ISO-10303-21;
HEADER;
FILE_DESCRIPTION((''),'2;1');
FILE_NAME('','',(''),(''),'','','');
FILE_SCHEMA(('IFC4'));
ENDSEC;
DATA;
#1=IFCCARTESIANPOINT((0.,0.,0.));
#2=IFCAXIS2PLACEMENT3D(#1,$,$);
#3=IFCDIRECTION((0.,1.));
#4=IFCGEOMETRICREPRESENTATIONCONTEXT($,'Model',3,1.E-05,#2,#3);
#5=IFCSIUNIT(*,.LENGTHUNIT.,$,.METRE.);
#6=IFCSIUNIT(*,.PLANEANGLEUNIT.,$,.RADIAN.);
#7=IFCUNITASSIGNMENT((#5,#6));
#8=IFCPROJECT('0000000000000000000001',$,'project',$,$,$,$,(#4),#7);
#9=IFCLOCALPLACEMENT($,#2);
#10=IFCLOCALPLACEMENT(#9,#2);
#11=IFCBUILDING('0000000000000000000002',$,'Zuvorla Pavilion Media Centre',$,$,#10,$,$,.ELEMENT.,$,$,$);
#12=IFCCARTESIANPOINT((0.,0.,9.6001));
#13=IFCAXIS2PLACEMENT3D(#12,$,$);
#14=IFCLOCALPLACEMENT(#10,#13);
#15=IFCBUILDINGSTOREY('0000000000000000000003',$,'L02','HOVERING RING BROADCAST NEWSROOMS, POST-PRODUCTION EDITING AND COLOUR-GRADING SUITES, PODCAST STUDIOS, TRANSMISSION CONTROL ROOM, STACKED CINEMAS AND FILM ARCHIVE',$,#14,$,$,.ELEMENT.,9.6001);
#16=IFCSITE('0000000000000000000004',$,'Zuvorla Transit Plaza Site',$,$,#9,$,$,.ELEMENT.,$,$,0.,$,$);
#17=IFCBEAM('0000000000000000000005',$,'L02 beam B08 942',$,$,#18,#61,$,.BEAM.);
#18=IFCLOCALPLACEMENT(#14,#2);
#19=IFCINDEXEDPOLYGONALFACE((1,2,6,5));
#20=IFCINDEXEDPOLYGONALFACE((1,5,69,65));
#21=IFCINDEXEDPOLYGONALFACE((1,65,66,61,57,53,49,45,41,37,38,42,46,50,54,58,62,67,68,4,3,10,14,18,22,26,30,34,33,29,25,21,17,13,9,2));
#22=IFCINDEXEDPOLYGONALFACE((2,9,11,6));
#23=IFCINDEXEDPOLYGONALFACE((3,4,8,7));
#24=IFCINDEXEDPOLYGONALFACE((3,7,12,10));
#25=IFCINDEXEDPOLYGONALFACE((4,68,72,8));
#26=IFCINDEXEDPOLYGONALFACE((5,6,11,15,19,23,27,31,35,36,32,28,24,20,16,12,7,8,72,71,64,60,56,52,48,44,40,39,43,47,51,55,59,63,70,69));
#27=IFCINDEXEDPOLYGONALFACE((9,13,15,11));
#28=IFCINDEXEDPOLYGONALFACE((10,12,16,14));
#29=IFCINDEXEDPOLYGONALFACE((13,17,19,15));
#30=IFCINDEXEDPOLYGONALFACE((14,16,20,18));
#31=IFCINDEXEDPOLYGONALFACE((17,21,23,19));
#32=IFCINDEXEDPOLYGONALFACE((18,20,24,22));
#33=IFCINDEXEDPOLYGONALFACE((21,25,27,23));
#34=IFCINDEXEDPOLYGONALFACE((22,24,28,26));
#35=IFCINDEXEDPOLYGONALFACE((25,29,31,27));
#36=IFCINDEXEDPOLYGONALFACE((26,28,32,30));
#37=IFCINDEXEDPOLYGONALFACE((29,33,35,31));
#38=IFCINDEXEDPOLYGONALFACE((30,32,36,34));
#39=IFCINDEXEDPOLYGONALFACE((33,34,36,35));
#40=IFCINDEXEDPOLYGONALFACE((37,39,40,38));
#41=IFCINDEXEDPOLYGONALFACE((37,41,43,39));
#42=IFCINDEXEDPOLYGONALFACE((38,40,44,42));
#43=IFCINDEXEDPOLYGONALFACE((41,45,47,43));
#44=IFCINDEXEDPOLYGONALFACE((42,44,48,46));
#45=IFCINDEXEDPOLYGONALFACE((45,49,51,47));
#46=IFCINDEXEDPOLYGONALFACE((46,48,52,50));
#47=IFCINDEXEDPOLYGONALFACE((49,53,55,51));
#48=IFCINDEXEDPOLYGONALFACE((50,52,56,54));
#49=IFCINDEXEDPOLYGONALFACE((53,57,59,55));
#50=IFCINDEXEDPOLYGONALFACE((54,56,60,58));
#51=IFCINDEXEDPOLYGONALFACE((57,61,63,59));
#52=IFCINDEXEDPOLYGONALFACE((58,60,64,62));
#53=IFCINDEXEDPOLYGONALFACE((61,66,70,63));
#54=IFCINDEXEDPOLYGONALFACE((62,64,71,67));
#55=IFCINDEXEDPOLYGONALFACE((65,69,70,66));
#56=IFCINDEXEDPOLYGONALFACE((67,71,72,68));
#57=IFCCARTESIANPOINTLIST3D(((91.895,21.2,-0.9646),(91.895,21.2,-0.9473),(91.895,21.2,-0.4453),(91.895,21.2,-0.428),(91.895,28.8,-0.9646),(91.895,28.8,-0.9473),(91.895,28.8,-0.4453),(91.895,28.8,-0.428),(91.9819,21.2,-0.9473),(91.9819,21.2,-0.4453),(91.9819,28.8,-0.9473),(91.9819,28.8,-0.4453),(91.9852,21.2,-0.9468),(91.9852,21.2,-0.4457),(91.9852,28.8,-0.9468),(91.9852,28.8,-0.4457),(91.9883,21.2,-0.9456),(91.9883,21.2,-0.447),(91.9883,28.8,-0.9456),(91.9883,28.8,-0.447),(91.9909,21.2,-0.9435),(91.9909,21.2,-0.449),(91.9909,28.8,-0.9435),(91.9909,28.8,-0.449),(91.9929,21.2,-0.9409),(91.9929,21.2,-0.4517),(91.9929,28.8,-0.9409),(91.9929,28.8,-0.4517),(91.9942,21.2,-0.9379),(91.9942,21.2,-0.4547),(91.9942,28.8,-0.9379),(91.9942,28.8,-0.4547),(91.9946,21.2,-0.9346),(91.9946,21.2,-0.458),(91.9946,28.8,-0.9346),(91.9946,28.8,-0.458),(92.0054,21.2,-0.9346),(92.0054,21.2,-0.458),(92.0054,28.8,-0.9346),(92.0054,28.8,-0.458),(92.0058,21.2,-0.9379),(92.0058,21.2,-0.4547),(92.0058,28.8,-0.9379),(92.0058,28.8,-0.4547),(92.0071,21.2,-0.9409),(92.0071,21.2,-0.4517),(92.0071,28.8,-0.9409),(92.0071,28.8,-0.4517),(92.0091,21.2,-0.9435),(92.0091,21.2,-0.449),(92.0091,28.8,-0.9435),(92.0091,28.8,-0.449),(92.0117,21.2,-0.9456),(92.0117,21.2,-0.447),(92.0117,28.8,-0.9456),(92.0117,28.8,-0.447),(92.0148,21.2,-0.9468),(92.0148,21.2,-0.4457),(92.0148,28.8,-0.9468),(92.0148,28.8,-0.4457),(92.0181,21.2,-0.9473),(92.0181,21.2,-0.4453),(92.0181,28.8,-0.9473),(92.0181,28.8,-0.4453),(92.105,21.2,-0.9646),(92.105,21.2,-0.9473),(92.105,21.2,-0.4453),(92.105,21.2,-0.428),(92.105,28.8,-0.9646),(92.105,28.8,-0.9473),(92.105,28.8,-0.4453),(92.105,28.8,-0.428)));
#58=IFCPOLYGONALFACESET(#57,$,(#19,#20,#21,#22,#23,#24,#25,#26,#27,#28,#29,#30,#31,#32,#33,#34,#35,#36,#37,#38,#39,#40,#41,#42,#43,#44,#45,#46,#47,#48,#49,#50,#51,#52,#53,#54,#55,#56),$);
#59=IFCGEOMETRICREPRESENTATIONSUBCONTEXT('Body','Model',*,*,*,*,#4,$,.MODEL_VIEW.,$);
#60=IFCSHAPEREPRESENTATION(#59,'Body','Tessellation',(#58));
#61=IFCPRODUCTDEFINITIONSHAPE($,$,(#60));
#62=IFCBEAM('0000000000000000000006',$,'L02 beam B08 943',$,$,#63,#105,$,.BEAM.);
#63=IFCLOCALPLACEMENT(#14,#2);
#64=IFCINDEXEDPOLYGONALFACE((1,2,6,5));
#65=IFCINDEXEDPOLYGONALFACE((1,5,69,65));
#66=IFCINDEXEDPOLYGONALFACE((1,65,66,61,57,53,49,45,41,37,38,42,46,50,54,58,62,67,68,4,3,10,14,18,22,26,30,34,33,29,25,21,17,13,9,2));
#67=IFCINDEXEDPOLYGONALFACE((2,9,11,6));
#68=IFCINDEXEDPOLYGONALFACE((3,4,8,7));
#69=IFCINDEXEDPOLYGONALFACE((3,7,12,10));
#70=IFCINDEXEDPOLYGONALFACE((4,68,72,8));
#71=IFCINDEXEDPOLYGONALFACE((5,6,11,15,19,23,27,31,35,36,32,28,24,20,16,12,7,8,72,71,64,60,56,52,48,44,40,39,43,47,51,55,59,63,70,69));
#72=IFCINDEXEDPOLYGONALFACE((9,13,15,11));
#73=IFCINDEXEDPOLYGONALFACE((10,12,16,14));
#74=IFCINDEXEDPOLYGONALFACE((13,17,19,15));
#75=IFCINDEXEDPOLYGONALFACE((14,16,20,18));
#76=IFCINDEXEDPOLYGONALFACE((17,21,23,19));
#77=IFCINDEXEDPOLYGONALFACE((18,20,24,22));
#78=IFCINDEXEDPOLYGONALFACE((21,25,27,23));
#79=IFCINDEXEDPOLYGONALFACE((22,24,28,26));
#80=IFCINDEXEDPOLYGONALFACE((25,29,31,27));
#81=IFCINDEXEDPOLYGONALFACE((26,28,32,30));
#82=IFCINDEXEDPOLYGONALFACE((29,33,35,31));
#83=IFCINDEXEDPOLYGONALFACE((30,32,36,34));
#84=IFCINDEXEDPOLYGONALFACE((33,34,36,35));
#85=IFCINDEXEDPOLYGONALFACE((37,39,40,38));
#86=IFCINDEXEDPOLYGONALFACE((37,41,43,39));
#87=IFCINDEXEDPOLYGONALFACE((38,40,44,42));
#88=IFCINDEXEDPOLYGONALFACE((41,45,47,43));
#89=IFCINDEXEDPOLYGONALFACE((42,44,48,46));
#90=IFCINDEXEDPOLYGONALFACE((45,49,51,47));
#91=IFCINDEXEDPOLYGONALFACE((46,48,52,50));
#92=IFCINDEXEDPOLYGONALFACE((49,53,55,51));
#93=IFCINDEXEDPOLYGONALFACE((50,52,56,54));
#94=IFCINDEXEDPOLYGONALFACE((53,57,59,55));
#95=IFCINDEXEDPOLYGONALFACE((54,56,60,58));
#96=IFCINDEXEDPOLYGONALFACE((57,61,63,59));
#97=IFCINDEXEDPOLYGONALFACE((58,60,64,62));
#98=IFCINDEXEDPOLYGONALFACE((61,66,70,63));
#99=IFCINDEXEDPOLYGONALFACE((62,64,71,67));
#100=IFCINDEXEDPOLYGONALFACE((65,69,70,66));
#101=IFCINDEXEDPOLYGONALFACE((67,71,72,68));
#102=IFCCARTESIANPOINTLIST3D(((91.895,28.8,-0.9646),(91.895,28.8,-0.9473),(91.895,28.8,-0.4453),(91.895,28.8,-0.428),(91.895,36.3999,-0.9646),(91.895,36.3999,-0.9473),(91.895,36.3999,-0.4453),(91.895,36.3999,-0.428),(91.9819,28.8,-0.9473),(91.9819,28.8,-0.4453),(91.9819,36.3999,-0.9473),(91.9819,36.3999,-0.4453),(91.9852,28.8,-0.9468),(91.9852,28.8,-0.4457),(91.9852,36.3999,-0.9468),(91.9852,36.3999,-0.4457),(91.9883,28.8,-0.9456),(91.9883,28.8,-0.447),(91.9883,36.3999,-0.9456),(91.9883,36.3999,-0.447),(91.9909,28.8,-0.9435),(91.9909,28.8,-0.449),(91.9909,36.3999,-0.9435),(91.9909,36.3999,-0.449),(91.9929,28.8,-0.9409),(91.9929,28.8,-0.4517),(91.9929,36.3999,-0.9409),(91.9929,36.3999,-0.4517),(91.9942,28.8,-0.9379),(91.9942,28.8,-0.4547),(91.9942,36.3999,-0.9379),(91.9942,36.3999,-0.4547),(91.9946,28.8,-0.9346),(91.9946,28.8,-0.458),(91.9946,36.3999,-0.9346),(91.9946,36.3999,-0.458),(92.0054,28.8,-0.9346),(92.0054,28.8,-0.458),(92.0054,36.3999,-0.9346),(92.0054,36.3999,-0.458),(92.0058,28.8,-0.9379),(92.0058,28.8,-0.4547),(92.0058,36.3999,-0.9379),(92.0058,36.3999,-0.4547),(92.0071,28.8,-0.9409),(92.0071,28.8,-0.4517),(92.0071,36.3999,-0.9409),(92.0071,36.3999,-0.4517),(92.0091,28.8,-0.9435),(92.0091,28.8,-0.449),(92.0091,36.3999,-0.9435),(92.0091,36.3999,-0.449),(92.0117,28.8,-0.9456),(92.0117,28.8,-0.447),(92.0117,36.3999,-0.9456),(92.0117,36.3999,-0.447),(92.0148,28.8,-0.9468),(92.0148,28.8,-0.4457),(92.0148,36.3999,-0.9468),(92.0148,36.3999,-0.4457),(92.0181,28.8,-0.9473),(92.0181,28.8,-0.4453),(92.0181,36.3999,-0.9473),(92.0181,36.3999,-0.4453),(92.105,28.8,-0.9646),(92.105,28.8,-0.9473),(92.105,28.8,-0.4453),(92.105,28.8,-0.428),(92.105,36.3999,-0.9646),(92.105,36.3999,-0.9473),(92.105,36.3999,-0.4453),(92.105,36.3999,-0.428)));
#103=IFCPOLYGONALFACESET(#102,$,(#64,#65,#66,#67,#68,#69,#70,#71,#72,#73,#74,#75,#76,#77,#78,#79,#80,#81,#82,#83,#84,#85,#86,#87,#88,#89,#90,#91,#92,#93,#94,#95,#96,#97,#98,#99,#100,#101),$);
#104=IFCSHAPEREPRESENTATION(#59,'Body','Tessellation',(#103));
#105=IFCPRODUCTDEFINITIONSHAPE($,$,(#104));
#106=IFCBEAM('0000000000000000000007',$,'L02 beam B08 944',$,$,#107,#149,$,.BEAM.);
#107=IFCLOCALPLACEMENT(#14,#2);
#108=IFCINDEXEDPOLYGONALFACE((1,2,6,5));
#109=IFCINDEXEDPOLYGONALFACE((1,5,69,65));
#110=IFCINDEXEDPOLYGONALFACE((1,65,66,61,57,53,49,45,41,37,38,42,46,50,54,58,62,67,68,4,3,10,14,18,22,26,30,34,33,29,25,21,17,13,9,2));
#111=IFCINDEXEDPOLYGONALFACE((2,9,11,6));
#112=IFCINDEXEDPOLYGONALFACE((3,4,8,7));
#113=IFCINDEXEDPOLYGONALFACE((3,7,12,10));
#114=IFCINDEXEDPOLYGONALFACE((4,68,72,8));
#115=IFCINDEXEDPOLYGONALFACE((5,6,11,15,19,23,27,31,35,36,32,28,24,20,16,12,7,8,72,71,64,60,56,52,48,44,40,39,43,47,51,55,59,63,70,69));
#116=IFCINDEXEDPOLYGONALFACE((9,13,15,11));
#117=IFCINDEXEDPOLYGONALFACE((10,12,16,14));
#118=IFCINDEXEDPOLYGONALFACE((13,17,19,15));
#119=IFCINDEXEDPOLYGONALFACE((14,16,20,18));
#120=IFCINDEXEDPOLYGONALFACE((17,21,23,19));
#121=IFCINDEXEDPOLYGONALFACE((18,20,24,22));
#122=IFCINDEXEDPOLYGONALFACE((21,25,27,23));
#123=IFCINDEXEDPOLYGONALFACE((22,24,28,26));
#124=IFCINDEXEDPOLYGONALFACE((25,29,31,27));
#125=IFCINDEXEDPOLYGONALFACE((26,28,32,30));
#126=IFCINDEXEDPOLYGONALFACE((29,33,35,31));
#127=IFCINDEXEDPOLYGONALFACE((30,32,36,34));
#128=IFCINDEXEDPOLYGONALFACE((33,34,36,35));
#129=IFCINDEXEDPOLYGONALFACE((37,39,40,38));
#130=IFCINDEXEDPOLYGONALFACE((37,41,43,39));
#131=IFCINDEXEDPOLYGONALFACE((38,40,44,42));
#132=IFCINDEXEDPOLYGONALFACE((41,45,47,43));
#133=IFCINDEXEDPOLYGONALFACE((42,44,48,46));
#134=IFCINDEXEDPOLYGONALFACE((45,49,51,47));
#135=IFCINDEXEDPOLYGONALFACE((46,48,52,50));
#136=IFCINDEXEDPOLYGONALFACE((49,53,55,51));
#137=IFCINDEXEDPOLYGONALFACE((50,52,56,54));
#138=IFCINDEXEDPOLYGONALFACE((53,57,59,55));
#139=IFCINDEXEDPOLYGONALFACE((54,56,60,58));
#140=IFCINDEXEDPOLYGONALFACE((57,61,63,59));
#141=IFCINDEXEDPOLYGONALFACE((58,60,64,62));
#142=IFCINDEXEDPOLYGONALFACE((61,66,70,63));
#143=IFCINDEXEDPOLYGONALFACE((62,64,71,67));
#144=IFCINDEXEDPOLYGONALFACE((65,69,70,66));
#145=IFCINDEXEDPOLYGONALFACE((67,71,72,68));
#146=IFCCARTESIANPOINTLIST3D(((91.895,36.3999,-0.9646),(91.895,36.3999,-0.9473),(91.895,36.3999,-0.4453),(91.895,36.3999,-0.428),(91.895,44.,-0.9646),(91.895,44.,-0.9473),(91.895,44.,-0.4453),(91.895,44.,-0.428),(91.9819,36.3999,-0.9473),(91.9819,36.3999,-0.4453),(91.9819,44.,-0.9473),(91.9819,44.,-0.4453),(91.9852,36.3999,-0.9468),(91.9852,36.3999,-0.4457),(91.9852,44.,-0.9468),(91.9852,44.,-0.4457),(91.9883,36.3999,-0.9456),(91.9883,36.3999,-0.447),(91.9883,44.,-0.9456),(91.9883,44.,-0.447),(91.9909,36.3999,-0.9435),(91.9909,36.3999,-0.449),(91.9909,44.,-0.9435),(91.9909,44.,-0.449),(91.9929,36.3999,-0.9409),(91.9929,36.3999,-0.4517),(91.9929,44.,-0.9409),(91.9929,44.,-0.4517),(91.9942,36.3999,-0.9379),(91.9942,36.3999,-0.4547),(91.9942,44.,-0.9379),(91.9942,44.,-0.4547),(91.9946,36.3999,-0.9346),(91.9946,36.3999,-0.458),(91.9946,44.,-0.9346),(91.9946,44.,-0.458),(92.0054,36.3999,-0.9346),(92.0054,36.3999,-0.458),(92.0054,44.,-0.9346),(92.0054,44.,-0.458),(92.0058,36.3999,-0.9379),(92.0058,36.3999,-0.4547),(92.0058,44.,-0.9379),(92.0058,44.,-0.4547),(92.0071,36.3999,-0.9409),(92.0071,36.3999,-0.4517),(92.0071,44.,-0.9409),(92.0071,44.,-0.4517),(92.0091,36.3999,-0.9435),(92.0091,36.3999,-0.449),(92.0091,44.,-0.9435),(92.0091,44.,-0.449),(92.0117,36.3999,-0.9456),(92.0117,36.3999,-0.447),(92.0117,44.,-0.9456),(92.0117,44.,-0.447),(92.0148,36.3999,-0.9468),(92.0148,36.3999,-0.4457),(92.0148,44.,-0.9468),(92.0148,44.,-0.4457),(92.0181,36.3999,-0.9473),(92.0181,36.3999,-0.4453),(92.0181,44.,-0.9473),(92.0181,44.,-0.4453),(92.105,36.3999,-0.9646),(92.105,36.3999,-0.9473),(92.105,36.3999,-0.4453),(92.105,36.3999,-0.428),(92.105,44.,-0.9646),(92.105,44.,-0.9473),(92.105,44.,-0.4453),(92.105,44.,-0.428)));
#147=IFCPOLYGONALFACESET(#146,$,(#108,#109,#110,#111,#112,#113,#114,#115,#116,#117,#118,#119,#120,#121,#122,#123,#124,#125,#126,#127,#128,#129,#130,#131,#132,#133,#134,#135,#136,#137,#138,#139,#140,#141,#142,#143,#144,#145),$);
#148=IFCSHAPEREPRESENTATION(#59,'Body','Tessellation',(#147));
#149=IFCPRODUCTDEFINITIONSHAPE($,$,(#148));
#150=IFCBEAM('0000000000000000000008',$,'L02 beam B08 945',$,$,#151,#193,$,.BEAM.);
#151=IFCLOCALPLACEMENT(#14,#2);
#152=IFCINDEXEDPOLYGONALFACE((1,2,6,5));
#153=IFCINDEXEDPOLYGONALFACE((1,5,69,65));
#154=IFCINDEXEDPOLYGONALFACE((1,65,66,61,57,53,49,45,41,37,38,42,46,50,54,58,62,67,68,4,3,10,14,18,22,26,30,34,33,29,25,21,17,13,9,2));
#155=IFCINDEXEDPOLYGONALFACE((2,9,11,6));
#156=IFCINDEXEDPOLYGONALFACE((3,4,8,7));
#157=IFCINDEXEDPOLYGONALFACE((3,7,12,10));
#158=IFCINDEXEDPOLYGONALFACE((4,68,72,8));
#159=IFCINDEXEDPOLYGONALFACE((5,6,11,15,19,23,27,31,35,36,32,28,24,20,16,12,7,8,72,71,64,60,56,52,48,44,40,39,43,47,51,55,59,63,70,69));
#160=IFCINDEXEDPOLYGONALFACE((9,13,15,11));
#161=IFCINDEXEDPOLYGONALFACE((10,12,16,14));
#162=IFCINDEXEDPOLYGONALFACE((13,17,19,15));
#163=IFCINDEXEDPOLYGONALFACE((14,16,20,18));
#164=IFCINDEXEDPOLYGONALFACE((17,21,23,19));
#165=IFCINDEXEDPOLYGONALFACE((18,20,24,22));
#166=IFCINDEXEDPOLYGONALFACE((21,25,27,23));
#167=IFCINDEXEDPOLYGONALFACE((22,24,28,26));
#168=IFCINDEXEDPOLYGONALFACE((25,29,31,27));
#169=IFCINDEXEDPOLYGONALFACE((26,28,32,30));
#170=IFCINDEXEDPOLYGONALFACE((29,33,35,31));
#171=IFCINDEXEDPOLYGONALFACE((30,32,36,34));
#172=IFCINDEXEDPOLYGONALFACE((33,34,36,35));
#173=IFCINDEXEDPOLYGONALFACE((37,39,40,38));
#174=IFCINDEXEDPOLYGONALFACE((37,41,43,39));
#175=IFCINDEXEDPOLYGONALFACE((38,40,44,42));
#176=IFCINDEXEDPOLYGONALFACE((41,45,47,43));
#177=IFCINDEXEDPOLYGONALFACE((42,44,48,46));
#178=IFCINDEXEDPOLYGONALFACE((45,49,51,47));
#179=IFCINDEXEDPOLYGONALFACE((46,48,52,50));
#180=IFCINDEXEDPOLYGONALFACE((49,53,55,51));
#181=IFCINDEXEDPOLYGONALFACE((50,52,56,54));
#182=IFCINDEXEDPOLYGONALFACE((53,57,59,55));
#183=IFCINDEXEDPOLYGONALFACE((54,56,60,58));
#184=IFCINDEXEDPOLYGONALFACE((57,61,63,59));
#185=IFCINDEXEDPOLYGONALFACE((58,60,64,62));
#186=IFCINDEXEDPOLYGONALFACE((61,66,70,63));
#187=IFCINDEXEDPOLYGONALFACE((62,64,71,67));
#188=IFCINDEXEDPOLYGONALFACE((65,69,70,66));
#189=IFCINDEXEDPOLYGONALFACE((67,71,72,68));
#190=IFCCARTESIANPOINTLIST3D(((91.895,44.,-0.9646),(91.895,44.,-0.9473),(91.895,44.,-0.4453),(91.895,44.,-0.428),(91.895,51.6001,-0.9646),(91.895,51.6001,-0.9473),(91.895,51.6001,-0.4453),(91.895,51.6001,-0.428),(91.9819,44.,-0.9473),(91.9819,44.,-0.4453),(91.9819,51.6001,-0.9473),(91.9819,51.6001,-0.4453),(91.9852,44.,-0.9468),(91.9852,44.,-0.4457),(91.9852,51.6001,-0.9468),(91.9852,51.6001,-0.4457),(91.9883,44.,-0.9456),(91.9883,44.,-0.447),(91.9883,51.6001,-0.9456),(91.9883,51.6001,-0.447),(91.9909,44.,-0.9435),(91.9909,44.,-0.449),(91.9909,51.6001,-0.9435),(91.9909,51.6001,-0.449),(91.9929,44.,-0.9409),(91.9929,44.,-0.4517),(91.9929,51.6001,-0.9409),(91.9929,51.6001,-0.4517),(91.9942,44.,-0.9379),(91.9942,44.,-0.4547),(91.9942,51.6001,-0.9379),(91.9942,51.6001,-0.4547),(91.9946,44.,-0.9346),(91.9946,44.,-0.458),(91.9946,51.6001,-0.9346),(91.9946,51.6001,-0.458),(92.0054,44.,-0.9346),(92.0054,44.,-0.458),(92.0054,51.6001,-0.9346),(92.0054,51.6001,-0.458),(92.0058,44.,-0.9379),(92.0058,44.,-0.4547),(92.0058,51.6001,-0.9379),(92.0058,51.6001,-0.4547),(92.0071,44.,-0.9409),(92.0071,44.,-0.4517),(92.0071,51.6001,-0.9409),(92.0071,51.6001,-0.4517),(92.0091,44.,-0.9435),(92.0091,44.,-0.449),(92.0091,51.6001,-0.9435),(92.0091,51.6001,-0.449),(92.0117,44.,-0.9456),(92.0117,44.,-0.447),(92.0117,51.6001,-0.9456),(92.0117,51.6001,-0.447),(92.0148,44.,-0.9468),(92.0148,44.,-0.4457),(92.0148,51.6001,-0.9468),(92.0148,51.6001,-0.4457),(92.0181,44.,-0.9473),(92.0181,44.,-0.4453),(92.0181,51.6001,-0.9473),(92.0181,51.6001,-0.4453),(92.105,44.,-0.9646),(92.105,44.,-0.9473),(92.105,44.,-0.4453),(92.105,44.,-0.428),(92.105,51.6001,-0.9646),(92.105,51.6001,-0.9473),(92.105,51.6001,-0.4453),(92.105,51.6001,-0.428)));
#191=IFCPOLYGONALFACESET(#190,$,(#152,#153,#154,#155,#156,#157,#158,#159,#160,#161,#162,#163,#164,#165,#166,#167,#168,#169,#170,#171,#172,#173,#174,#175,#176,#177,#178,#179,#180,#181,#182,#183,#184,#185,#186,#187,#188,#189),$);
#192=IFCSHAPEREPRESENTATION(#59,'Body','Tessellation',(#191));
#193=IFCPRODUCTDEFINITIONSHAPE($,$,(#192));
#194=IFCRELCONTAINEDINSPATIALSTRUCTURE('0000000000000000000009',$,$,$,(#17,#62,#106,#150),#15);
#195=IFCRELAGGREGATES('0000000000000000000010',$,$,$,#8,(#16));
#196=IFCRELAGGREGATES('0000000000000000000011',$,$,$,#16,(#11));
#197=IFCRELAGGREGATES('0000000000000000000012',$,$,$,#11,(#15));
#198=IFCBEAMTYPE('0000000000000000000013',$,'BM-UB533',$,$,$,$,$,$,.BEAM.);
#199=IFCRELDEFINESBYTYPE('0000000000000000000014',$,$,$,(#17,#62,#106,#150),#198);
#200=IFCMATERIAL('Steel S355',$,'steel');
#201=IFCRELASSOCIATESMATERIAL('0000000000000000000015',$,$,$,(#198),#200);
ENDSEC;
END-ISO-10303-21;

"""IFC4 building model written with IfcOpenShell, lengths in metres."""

from ifc_helpers import new_model, si_unit, direction, frame, origin, origin_2d, place, context, subcontext, project, spatial, i_section, extrude, material, material_profile, profile_set, type_object, element, save


model = new_model("IFC4")

# Units and contexts
model_context = context("Model", 3, precision=1e-05, world=origin(), true_north=direction((0.0, 1.0)))
body_context = subcontext(model_context, "Body", "Model", "MODEL_VIEW")
ifc_project = project(units=[si_unit("LENGTHUNIT", "METRE"), si_unit("PLANEANGLEUNIT", "RADIAN")], contexts=[model_context])

# Site, building, storey
site_placement = place(None, origin())
site = spatial("IfcSite", under=ifc_project, at=site_placement, Name="Zuvorla Transit Plaza Site", CompositionType="ELEMENT", RefElevation=0.0)
building_placement = place(site_placement, origin())
building = spatial("IfcBuilding", under=site, at=building_placement, Name="Zuvorla Pavilion Media Centre", CompositionType="ELEMENT")
storey_placement = place(building_placement, frame((0.0, 0.0, 9.6001)))
storey = spatial("IfcBuildingStorey", under=building, at=storey_placement, Name="L02", Description="HOVERING RING BROADCAST NEWSROOMS, POST-PRODUCTION EDITING AND COLOUR-GRADING SUITES, PODCAST STUDIOS, TRANSMISSION CONTROL ROOM, STACKED CINEMAS AND FILM ARCHIVE", CompositionType="ELEMENT", Elevation=9.6001)

# Beams
ifc_material_1 = material(Name="Steel S355", Category="steel")
ifc_material_profile_1 = material_profile(ifc_material_1, i_section(OverallWidth=0.21, OverallDepth=0.5366, WebThickness=0.0107, FlangeThickness=0.0173, FilletRadius=0.0127, at=origin_2d()), Name="UB 533x210x101")
ifc_profile_set_1 = profile_set([ifc_material_profile_1], Name="Steel S355")
beam_type_1 = type_object("IfcBeamType", Name="BM-UB533", PredefinedType="BEAM", material=ifc_profile_set_1)
for number, where, z_axis, x_axis, name in (
    (1, (92.0, 21.2, -0.6963), (0.0, 1.0, 0.0), (-1.0, 0.0, 0.0), "L02 beam B08 942"),
):
    element("IfcBeam", number, at=place(storey_placement, frame(where, z_axis=z_axis, x_axis=x_axis)), inside=storey, type_object=beam_type_1, Name=name, PredefinedType="BEAM", context=body_context, shape_type="SweptSolid", body=[
        extrude(i_section(OverallWidth=0.21, OverallDepth=0.5366, WebThickness=0.0107, FlangeThickness=0.0173, FilletRadius=0.0127, at=origin_2d()), origin(), (0.0, 0.0, 1.0), 7.6001),
    ])
beam_placement = place(storey_placement, frame((92.0, 28.8, -0.6963), z_axis=(0.0, 1.0, 0.0), x_axis=(-1.0, 0.0, 0.0)))
element("IfcBeam", 2, at=beam_placement, inside=storey, type_object=beam_type_1, Name="L02 beam B08 943", PredefinedType="BEAM", context=body_context, shape_type="SweptSolid", body=[
    extrude(i_section(OverallWidth=0.21, OverallDepth=0.5366, WebThickness=0.0107, FlangeThickness=0.0173, FilletRadius=0.0127, at=origin_2d()), origin(), (0.0, 0.0, 1.0), 7.5999),
])
for number, where, z_axis, x_axis, name in (
    (3, (92.0, 36.3999, -0.6963), (0.0, 1.0, 0.0), (-1.0, 0.0, 0.0), "L02 beam B08 944"),
    (4, (92.0, 44.0, -0.6963), (0.0, 1.0, 0.0), (-1.0, 0.0, 0.0), "L02 beam B08 945"),
):
    element("IfcBeam", number, at=place(storey_placement, frame(where, z_axis=z_axis, x_axis=x_axis)), inside=storey, type_object=beam_type_1, Name=name, PredefinedType="BEAM", context=body_context, shape_type="SweptSolid", body=[
        extrude(i_section(OverallWidth=0.21, OverallDepth=0.5366, WebThickness=0.0107, FlangeThickness=0.0173, FilletRadius=0.0127, at=origin_2d()), origin(), (0.0, 0.0, 1.0), 7.6001),
    ])

save(model, "model.ifc")
